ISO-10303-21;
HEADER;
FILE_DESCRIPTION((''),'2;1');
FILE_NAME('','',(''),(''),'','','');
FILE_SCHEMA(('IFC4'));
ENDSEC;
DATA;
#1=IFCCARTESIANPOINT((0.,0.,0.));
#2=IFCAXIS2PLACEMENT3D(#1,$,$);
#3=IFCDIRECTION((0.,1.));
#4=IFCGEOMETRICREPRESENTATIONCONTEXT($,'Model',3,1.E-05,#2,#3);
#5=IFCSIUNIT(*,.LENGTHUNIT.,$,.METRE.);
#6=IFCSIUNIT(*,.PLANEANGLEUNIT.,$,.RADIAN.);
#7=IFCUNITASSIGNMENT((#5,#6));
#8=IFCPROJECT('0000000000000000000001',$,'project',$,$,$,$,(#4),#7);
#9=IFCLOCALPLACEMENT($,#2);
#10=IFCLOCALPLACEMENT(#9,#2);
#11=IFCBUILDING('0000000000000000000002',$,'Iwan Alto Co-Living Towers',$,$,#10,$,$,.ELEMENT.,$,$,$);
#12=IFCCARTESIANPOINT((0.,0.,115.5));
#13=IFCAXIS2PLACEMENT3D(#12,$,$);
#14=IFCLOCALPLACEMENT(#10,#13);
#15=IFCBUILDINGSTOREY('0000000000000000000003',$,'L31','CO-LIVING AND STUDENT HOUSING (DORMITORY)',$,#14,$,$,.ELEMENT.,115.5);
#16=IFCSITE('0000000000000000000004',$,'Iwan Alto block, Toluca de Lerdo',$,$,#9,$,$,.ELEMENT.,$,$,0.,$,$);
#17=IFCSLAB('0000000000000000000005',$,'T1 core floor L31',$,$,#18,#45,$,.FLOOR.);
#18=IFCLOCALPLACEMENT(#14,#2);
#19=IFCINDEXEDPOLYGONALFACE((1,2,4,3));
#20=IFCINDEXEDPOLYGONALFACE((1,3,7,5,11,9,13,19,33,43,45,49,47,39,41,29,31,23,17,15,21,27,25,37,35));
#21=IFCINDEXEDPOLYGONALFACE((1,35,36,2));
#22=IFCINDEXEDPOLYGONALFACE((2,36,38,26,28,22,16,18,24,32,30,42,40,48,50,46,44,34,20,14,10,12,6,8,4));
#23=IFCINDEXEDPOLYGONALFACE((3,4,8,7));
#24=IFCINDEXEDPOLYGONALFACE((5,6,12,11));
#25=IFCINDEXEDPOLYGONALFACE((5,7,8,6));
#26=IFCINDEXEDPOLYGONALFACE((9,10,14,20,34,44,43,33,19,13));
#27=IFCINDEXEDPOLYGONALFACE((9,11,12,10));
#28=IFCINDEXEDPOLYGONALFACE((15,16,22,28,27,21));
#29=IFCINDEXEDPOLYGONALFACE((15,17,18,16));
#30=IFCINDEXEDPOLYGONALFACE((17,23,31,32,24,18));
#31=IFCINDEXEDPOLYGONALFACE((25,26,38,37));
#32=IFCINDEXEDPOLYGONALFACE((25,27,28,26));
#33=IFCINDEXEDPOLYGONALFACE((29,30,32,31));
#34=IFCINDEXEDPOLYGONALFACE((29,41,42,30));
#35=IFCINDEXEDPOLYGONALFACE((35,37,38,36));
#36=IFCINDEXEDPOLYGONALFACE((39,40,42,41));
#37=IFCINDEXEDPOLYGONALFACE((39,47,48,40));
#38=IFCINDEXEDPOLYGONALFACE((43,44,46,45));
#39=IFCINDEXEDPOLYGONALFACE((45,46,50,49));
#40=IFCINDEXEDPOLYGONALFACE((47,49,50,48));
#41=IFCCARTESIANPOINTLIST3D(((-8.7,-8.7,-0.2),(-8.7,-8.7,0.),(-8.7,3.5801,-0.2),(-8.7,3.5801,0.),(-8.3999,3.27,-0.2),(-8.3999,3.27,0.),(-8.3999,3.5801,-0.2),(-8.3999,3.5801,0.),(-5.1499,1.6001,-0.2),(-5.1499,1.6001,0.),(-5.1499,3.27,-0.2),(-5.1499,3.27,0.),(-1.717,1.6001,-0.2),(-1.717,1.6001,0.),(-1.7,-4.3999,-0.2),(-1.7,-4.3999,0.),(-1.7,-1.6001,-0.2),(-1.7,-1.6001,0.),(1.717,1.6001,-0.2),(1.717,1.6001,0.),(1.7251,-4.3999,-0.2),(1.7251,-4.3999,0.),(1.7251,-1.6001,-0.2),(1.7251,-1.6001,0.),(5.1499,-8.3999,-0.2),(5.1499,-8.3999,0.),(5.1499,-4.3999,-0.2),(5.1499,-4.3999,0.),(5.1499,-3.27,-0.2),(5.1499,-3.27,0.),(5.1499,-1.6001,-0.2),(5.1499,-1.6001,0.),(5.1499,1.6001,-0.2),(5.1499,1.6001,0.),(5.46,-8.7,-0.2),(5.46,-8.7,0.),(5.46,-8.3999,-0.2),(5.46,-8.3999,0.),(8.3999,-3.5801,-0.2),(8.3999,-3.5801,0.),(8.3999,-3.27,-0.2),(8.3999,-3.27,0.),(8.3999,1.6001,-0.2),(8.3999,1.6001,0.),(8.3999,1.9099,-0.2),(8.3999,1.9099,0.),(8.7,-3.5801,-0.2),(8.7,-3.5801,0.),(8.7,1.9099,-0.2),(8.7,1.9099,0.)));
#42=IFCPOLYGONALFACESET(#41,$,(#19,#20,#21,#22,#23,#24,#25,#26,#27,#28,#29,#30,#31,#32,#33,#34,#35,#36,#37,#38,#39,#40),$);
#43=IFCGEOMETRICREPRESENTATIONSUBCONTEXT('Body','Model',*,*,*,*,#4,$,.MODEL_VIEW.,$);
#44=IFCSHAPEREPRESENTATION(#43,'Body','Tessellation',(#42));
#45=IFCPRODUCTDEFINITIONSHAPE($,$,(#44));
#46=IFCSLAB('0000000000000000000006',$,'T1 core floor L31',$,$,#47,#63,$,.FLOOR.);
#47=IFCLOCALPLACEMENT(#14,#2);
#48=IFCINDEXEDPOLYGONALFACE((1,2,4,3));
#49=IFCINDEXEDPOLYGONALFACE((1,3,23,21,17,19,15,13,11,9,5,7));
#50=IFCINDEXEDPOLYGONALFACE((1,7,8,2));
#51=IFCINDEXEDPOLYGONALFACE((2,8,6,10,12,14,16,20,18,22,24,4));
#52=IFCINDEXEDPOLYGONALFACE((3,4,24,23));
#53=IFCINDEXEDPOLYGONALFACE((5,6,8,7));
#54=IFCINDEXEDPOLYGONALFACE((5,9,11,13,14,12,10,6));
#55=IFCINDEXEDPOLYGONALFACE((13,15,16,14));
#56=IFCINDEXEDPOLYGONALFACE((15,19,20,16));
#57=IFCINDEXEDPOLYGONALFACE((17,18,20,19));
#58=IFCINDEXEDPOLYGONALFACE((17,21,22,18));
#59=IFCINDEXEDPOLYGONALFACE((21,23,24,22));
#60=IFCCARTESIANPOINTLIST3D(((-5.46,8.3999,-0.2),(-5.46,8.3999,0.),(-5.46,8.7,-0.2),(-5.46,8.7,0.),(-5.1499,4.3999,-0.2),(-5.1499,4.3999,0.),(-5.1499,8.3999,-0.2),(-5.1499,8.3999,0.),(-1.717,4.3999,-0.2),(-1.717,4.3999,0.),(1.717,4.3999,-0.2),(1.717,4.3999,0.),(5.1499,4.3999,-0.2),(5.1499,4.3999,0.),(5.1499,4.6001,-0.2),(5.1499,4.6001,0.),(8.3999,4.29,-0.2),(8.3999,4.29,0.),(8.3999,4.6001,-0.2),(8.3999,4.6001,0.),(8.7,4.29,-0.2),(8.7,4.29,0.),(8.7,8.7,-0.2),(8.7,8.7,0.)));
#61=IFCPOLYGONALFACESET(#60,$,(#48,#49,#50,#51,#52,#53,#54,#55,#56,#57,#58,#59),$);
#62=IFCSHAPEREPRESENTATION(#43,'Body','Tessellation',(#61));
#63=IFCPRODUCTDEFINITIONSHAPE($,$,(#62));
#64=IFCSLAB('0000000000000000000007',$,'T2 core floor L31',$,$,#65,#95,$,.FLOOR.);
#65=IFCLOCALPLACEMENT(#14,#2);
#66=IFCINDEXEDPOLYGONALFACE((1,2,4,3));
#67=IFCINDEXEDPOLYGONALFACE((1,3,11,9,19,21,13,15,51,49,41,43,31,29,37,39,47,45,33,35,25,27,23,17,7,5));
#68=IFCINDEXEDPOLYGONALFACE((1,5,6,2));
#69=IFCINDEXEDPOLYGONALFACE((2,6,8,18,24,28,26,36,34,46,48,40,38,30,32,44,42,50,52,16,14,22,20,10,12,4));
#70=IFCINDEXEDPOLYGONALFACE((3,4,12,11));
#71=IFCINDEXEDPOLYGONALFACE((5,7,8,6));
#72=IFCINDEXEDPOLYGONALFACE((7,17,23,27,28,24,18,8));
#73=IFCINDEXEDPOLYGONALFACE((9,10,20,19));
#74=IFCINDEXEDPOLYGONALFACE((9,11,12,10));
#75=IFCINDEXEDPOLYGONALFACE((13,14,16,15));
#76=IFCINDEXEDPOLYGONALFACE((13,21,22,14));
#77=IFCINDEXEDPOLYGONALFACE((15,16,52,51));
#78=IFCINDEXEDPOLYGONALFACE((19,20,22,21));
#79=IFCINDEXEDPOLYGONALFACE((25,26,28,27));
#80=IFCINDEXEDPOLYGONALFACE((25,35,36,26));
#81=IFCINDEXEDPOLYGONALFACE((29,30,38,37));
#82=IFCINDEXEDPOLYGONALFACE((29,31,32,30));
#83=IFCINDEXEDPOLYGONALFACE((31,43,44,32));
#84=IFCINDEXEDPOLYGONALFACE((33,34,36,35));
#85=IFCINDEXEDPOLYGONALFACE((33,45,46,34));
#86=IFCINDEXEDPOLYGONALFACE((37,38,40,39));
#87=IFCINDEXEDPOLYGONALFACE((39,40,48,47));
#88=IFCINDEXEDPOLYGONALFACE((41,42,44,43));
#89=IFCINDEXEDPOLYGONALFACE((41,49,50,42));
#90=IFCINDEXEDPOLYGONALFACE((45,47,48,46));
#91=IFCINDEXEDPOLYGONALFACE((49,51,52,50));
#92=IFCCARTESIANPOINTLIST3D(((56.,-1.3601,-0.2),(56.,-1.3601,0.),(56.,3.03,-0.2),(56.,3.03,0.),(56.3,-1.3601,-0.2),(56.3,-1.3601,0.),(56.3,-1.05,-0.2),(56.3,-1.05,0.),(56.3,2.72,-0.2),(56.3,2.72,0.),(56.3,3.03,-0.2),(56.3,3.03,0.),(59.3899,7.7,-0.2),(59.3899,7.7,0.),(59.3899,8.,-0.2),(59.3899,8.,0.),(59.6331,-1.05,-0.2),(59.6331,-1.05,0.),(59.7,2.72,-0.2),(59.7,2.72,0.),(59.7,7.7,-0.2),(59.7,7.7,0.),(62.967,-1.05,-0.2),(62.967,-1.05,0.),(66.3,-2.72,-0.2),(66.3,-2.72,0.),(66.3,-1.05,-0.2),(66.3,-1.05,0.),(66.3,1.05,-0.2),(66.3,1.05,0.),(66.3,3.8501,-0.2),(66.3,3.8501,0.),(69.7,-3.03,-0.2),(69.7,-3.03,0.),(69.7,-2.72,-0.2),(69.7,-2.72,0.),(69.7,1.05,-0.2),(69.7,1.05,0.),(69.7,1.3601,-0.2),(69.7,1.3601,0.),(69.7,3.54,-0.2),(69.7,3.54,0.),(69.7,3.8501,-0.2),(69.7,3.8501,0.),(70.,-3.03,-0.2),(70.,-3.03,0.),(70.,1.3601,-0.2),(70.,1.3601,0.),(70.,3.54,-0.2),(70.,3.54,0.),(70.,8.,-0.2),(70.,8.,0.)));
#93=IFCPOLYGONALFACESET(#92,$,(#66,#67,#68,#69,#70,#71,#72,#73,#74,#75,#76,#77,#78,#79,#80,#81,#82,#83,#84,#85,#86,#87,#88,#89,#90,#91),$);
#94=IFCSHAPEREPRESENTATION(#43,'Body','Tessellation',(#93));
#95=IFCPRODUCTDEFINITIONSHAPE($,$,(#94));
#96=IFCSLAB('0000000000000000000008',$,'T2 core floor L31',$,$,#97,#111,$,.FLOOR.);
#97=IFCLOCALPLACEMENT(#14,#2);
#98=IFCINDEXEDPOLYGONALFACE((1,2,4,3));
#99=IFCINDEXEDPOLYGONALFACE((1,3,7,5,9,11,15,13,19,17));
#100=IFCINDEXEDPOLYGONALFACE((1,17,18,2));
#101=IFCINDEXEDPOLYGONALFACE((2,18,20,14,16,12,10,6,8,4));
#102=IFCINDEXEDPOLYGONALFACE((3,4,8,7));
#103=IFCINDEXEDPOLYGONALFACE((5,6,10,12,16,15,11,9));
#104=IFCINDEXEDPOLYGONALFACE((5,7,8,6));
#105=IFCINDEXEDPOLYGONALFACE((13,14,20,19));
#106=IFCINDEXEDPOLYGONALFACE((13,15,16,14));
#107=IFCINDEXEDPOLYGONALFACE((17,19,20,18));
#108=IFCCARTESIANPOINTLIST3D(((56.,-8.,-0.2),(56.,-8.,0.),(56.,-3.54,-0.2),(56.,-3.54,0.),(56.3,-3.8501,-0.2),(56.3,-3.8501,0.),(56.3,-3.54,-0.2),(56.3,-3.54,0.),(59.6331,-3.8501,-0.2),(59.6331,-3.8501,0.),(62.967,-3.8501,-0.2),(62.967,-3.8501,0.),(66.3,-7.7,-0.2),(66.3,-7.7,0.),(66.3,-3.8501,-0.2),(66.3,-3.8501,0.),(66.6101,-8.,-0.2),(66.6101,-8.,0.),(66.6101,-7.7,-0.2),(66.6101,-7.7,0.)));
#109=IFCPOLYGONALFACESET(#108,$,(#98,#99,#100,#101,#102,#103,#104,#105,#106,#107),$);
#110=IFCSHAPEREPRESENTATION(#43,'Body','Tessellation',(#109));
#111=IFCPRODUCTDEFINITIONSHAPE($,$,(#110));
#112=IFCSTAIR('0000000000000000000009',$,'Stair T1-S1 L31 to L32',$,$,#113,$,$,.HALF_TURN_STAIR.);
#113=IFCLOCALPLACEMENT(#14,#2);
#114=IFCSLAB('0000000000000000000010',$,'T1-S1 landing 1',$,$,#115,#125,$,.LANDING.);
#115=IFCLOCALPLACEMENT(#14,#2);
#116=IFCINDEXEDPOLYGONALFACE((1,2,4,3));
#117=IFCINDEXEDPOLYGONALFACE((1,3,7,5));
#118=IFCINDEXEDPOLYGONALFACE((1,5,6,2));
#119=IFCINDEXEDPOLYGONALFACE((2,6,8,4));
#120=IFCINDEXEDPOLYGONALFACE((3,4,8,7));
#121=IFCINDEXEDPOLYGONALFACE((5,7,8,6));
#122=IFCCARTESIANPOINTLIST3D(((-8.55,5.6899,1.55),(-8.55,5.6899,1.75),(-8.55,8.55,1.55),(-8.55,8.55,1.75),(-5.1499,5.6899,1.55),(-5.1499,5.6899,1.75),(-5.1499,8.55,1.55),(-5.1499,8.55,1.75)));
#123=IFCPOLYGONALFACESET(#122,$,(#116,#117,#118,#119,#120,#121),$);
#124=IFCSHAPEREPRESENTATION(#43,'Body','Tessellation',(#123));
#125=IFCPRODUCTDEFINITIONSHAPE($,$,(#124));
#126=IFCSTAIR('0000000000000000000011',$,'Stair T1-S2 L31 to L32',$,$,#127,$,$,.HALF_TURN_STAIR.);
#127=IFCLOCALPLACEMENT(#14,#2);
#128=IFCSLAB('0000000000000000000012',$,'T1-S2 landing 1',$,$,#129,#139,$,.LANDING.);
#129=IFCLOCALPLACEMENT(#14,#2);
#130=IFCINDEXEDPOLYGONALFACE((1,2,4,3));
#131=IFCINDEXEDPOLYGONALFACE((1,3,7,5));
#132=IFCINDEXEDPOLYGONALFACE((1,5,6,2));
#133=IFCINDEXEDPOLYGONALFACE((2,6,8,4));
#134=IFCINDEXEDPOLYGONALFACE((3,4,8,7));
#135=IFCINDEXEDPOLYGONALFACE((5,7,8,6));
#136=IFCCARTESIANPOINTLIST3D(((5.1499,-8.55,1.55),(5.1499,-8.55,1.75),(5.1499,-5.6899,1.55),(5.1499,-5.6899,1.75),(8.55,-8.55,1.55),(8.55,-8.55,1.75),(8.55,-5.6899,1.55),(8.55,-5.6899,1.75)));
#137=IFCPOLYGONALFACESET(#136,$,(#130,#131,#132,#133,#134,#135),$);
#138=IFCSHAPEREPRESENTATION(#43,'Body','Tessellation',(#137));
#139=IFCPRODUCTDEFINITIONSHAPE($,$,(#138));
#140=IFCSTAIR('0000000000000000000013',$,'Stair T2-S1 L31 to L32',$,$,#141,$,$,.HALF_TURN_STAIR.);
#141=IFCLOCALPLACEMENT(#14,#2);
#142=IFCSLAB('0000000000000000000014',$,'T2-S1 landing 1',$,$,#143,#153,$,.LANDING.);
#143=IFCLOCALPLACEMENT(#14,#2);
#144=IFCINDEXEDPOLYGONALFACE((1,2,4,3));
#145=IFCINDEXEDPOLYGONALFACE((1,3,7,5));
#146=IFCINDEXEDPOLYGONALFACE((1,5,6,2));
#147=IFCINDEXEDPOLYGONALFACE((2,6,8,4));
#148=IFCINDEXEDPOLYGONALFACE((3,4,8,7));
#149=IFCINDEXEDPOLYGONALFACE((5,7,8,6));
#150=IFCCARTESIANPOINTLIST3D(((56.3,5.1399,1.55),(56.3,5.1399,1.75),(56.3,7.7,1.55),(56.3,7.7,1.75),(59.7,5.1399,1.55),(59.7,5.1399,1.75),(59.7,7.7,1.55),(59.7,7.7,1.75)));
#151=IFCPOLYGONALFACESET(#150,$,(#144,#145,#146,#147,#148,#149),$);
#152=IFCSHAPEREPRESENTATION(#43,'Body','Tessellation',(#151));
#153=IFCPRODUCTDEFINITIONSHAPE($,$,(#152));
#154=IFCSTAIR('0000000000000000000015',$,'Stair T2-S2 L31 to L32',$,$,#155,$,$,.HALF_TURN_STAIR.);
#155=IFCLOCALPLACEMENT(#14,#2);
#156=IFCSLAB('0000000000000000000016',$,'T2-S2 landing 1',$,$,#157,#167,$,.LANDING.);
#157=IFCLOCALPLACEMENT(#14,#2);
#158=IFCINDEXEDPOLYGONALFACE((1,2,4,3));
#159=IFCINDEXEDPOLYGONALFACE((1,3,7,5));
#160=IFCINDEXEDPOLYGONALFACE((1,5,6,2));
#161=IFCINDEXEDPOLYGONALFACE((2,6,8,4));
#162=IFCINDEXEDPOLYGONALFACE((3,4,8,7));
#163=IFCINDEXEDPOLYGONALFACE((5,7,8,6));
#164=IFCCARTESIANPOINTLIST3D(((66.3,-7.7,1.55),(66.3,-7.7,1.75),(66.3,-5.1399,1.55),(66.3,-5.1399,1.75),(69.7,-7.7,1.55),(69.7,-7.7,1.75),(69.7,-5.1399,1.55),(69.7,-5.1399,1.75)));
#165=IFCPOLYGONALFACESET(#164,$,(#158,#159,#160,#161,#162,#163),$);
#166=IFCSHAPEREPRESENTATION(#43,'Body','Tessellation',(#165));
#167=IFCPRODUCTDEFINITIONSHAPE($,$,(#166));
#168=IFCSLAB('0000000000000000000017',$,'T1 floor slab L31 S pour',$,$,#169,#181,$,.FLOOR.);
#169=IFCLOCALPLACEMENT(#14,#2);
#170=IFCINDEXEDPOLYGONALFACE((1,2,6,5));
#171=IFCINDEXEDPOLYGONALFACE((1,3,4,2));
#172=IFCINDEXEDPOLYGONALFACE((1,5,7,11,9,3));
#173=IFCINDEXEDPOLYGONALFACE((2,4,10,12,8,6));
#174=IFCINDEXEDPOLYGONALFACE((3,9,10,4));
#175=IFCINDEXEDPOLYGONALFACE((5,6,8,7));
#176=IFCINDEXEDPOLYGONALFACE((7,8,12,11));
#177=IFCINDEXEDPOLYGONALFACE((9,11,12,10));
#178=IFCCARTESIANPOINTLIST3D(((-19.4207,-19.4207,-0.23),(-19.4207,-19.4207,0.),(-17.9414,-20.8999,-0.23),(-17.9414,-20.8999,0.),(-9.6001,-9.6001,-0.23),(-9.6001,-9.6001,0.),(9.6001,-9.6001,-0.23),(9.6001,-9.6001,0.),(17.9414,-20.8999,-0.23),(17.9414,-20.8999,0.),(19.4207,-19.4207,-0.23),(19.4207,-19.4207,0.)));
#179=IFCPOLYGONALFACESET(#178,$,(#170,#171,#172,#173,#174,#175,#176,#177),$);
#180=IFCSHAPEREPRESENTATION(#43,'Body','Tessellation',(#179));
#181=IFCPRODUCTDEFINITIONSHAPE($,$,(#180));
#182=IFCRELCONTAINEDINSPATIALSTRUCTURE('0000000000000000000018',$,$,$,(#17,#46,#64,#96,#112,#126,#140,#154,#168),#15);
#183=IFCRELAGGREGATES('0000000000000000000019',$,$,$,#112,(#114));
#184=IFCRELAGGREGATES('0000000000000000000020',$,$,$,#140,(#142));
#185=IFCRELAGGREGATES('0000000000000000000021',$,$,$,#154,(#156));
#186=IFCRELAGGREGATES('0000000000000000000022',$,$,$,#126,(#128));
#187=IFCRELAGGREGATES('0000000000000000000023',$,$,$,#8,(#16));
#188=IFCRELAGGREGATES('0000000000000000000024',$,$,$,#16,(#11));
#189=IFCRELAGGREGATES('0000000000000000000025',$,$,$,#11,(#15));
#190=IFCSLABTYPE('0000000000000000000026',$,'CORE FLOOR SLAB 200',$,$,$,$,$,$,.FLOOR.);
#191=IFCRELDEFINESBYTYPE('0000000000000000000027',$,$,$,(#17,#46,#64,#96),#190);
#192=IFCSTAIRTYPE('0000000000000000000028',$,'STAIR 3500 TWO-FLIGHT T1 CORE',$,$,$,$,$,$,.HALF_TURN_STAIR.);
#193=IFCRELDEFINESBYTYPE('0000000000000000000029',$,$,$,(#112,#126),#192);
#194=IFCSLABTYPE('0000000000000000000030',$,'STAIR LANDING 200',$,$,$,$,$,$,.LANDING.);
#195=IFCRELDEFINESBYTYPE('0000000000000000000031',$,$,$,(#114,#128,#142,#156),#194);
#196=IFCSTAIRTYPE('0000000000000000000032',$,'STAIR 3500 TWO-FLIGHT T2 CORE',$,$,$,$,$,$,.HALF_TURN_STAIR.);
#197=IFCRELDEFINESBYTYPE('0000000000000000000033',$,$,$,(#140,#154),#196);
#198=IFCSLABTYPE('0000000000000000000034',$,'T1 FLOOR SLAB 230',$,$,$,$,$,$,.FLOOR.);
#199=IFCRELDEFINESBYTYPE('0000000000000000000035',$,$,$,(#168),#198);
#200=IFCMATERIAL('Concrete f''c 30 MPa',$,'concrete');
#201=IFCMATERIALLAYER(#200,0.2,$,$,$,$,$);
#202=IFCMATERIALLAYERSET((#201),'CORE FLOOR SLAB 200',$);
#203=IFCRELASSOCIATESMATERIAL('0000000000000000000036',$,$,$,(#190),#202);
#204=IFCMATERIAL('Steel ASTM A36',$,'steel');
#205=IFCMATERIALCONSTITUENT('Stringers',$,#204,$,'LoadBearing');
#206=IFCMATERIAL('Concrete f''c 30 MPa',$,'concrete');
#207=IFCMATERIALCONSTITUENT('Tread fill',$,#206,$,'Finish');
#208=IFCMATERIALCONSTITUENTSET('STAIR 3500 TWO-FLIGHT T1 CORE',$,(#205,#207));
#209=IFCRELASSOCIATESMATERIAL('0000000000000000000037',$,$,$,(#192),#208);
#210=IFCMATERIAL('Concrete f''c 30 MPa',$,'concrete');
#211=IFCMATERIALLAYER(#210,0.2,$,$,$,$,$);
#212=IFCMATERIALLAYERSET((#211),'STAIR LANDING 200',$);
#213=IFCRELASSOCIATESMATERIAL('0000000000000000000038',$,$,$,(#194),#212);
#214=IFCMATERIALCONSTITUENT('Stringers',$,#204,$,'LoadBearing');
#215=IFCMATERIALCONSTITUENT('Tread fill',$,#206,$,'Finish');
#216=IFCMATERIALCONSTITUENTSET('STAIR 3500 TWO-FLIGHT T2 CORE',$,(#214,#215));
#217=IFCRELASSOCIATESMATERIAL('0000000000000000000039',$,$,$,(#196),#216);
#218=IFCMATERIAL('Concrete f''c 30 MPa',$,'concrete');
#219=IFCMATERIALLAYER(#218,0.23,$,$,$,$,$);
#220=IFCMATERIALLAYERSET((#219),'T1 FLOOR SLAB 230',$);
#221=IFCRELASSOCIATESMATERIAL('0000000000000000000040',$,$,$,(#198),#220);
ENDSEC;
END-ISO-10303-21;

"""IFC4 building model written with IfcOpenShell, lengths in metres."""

from ifc_helpers import new_model, si_unit, direction, frame, origin, place, context, subcontext, project, spatial, polyline, outline, extrude, material, layer, layer_set, constituent, constituent_set, type_object, element, aggregate, save


model = new_model("IFC4")

# Units and contexts
model_context = context("Model", 3, precision=1e-05, world=origin(), true_north=direction((0.0, 1.0)))
body_context = subcontext(model_context, "Body", "Model", "MODEL_VIEW")
ifc_project = project(units=[si_unit("LENGTHUNIT", "METRE"), si_unit("PLANEANGLEUNIT", "RADIAN")], contexts=[model_context])

# Site, building, storey
site_placement = place(None, origin())
site = spatial("IfcSite", under=ifc_project, at=site_placement, Name="Iwan Alto block, Toluca de Lerdo", CompositionType="ELEMENT", RefElevation=0.0)
building_placement = place(site_placement, origin())
building = spatial("IfcBuilding", under=site, at=building_placement, Name="Iwan Alto Co-Living Towers", CompositionType="ELEMENT")
storey_placement = place(building_placement, frame((0.0, 0.0, 115.5)))
storey = spatial("IfcBuildingStorey", under=building, at=storey_placement, Name="L31", Description="CO-LIVING AND STUDENT HOUSING (DORMITORY)", CompositionType="ELEMENT", Elevation=115.5)

# Slabs
ifc_material_1 = material(Name="Concrete f'c 30 MPa", Category="concrete")
ifc_layer_1 = layer(ifc_material_1, 0.2)
ifc_layer_set_1 = layer_set([ifc_layer_1], Name="CORE FLOOR SLAB 200")
slab_type_1 = type_object("IfcSlabType", Name="CORE FLOOR SLAB 200", PredefinedType="FLOOR", material=ifc_layer_set_1)
slab_1_placement = place(storey_placement, frame((0.0, 0.0, -0.2)))
element("IfcSlab", 1, at=slab_1_placement, inside=storey, type_object=slab_type_1, Name="T1 core floor L31", PredefinedType="FLOOR", context=body_context, shape_type="SweptSolid", body=[
    extrude(outline(polyline([(5.1499, -1.6001), (1.7251, -1.6001), (-1.7, -1.6001), (-1.7, -4.3999), (1.7251, -4.3999), (5.1499, -4.3999), (5.1499, -8.3999), (5.46, -8.3999), (5.46, -8.7), (-8.7, -8.7), (-8.7, 3.5801), (-8.3999, 3.5801), (-8.3999, 3.27), (-5.1499, 3.27), (-5.1499, 1.6001), (-1.717, 1.6001), (1.717, 1.6001), (5.1499, 1.6001), (8.3999, 1.6001), (8.3999, 1.9099), (8.7, 1.9099), (8.7, -3.5801), (8.3999, -3.5801), (8.3999, -3.27), (5.1499, -3.27), (5.1499, -1.6001)])), origin(), (0.0, 0.0, 1.0), 0.2),
])
slab_2_placement = place(storey_placement, frame((0.0, 0.0, -0.2)))
element("IfcSlab", 2, at=slab_2_placement, inside=storey, type_object=slab_type_1, Name="T1 core floor L31", PredefinedType="FLOOR", context=body_context, shape_type="SweptSolid", body=[
    extrude(outline(polyline([(1.717, 4.3999), (-1.717, 4.3999), (-5.1499, 4.3999), (-5.1499, 8.3999), (-5.46, 8.3999), (-5.46, 8.7), (8.7, 8.7), (8.7, 4.29), (8.3999, 4.29), (8.3999, 4.6001), (5.1499, 4.6001), (5.1499, 4.3999), (1.717, 4.3999)])), origin(), (0.0, 0.0, 1.0), 0.2),
])
slab_3_placement = place(storey_placement, frame((0.0, 0.0, -0.2)))
element("IfcSlab", 3, at=slab_3_placement, inside=storey, type_object=slab_type_1, Name="T2 core floor L31", PredefinedType="FLOOR", context=body_context, shape_type="SweptSolid", body=[
    extrude(outline(polyline([(70.0, -3.03), (69.7, -3.03), (69.7, -2.72), (66.3, -2.72), (66.3, -1.05), (62.967, -1.05), (59.6331, -1.05), (56.3, -1.05), (56.3, -1.3601), (56.0, -1.3601), (56.0, 3.03), (56.3, 3.03), (56.3, 2.72), (59.7, 2.72), (59.7, 7.7), (59.3899, 7.7), (59.3899, 8.0), (70.0, 8.0), (70.0, 3.54), (69.7, 3.54), (69.7, 3.8501), (66.3, 3.8501), (66.3, 1.05), (69.7, 1.05), (69.7, 1.3601), (70.0, 1.3601), (70.0, -3.03)])), origin(), (0.0, 0.0, 1.0), 0.2),
])
slab_4_placement = place(storey_placement, frame((0.0, 0.0, -0.2)))
element("IfcSlab", 4, at=slab_4_placement, inside=storey, type_object=slab_type_1, Name="T2 core floor L31", PredefinedType="FLOOR", context=body_context, shape_type="SweptSolid", body=[
    extrude(outline(polyline([(62.967, -3.8501), (66.3, -3.8501), (66.3, -7.7), (66.6101, -7.7), (66.6101, -8.0), (56.0, -8.0), (56.0, -3.54), (56.3, -3.54), (56.3, -3.8501), (59.6331, -3.8501), (62.967, -3.8501)])), origin(), (0.0, 0.0, 1.0), 0.2),
])

# Stairs, slabs
ifc_material_2 = material(Name="Steel ASTM A36", Category="steel")
ifc_constituent_1 = constituent(ifc_material_2, Name="Stringers", Category="LoadBearing")
ifc_material_3 = material(Name="Concrete f'c 30 MPa", Category="concrete")
ifc_constituent_2 = constituent(ifc_material_3, Name="Tread fill", Category="Finish")
ifc_constituent_set_1 = constituent_set(constituents=[ifc_constituent_1, ifc_constituent_2], Name="STAIR 3500 TWO-FLIGHT T1 CORE")
stair_type_1 = type_object("IfcStairType", Name="STAIR 3500 TWO-FLIGHT T1 CORE", PredefinedType="HALF_TURN_STAIR", material=ifc_constituent_set_1)
stair_1_placement = place(storey_placement, origin())
stair_1 = element("IfcStair", 5, at=stair_1_placement, inside=storey, type_object=stair_type_1, Name="Stair T1-S1 L31 to L32", PredefinedType="HALF_TURN_STAIR")
ifc_material_4 = material(Name="Concrete f'c 30 MPa", Category="concrete")
ifc_layer_2 = layer(ifc_material_4, 0.2)
ifc_layer_set_2 = layer_set([ifc_layer_2], Name="STAIR LANDING 200")
slab_type_2 = type_object("IfcSlabType", Name="STAIR LANDING 200", PredefinedType="LANDING", material=ifc_layer_set_2)
slab_5_placement = place(storey_placement, frame((0.0, 0.0, 1.55)))
slab_5 = element("IfcSlab", 6, at=slab_5_placement, type_object=slab_type_2, Name="T1-S1 landing 1", PredefinedType="LANDING", context=body_context, shape_type="SweptSolid", body=[
    extrude(outline(polyline([(-8.55, 5.6899), (-8.55, 8.55), (-5.1499, 8.55), (-5.1499, 5.6899), (-8.55, 5.6899)])), origin(), (0.0, 0.0, 1.0), 0.2),
])
aggregate(stair_1, [slab_5])
stair_2_placement = place(storey_placement, origin())
stair_2 = element("IfcStair", 7, at=stair_2_placement, inside=storey, type_object=stair_type_1, Name="Stair T1-S2 L31 to L32", PredefinedType="HALF_TURN_STAIR")
slab_6_placement = place(storey_placement, frame((0.0, 0.0, 1.55)))
slab_6 = element("IfcSlab", 8, at=slab_6_placement, type_object=slab_type_2, Name="T1-S2 landing 1", PredefinedType="LANDING", context=body_context, shape_type="SweptSolid", body=[
    extrude(outline(polyline([(5.1499, -5.6899), (5.1499, -8.55), (8.55, -8.55), (8.55, -5.6899), (5.1499, -5.6899)])), origin(), (0.0, 0.0, 1.0), 0.2),
])
ifc_constituent_3 = constituent(ifc_material_2, Name="Stringers", Category="LoadBearing")
ifc_constituent_4 = constituent(ifc_material_3, Name="Tread fill", Category="Finish")
ifc_constituent_set_2 = constituent_set(constituents=[ifc_constituent_3, ifc_constituent_4], Name="STAIR 3500 TWO-FLIGHT T2 CORE")
stair_type_2 = type_object("IfcStairType", Name="STAIR 3500 TWO-FLIGHT T2 CORE", PredefinedType="HALF_TURN_STAIR", material=ifc_constituent_set_2)
stair_3_placement = place(storey_placement, origin())
stair_3 = element("IfcStair", 9, at=stair_3_placement, inside=storey, type_object=stair_type_2, Name="Stair T2-S1 L31 to L32", PredefinedType="HALF_TURN_STAIR")
slab_7_placement = place(storey_placement, frame((0.0, 0.0, 1.55)))
slab_7 = element("IfcSlab", 10, at=slab_7_placement, type_object=slab_type_2, Name="T2-S1 landing 1", PredefinedType="LANDING", context=body_context, shape_type="SweptSolid", body=[
    extrude(outline(polyline([(56.3, 5.1399), (56.3, 7.7), (59.7, 7.7), (59.7, 5.1399), (56.3, 5.1399)])), origin(), (0.0, 0.0, 1.0), 0.2),
])
aggregate(stair_3, [slab_7])
stair_4_placement = place(storey_placement, origin())
stair_4 = element("IfcStair", 11, at=stair_4_placement, inside=storey, type_object=stair_type_2, Name="Stair T2-S2 L31 to L32", PredefinedType="HALF_TURN_STAIR")
slab_8_placement = place(storey_placement, frame((0.0, 0.0, 1.55)))
slab_8 = element("IfcSlab", 12, at=slab_8_placement, type_object=slab_type_2, Name="T2-S2 landing 1", PredefinedType="LANDING", context=body_context, shape_type="SweptSolid", body=[
    extrude(outline(polyline([(66.3, -5.1399), (66.3, -7.7), (69.7, -7.7), (69.7, -5.1399), (66.3, -5.1399)])), origin(), (0.0, 0.0, 1.0), 0.2),
])
aggregate(stair_4, [slab_8])

# Slab
ifc_material_5 = material(Name="Concrete f'c 30 MPa", Category="concrete")
ifc_layer_3 = layer(ifc_material_5, 0.23)
ifc_layer_set_3 = layer_set([ifc_layer_3], Name="T1 FLOOR SLAB 230")
slab_type_3 = type_object("IfcSlabType", Name="T1 FLOOR SLAB 230", PredefinedType="FLOOR", material=ifc_layer_set_3)
slab_9_placement = place(storey_placement, frame((0.0, 0.0, -0.23)))
element("IfcSlab", 13, at=slab_9_placement, inside=storey, type_object=slab_type_3, Name="T1 floor slab L31 S pour", PredefinedType="FLOOR", context=body_context, shape_type="SweptSolid", body=[
    extrude(outline(polyline([(17.9414, -20.8999), (-17.9414, -20.8999), (-19.4207, -19.4207), (-9.6001, -9.6001), (9.6001, -9.6001), (19.4207, -19.4207), (17.9414, -20.8999)])), origin(), (0.0, 0.0, 1.0), 0.23),
])

aggregate(stair_2, [slab_6])

save(model, "model.ifc")
